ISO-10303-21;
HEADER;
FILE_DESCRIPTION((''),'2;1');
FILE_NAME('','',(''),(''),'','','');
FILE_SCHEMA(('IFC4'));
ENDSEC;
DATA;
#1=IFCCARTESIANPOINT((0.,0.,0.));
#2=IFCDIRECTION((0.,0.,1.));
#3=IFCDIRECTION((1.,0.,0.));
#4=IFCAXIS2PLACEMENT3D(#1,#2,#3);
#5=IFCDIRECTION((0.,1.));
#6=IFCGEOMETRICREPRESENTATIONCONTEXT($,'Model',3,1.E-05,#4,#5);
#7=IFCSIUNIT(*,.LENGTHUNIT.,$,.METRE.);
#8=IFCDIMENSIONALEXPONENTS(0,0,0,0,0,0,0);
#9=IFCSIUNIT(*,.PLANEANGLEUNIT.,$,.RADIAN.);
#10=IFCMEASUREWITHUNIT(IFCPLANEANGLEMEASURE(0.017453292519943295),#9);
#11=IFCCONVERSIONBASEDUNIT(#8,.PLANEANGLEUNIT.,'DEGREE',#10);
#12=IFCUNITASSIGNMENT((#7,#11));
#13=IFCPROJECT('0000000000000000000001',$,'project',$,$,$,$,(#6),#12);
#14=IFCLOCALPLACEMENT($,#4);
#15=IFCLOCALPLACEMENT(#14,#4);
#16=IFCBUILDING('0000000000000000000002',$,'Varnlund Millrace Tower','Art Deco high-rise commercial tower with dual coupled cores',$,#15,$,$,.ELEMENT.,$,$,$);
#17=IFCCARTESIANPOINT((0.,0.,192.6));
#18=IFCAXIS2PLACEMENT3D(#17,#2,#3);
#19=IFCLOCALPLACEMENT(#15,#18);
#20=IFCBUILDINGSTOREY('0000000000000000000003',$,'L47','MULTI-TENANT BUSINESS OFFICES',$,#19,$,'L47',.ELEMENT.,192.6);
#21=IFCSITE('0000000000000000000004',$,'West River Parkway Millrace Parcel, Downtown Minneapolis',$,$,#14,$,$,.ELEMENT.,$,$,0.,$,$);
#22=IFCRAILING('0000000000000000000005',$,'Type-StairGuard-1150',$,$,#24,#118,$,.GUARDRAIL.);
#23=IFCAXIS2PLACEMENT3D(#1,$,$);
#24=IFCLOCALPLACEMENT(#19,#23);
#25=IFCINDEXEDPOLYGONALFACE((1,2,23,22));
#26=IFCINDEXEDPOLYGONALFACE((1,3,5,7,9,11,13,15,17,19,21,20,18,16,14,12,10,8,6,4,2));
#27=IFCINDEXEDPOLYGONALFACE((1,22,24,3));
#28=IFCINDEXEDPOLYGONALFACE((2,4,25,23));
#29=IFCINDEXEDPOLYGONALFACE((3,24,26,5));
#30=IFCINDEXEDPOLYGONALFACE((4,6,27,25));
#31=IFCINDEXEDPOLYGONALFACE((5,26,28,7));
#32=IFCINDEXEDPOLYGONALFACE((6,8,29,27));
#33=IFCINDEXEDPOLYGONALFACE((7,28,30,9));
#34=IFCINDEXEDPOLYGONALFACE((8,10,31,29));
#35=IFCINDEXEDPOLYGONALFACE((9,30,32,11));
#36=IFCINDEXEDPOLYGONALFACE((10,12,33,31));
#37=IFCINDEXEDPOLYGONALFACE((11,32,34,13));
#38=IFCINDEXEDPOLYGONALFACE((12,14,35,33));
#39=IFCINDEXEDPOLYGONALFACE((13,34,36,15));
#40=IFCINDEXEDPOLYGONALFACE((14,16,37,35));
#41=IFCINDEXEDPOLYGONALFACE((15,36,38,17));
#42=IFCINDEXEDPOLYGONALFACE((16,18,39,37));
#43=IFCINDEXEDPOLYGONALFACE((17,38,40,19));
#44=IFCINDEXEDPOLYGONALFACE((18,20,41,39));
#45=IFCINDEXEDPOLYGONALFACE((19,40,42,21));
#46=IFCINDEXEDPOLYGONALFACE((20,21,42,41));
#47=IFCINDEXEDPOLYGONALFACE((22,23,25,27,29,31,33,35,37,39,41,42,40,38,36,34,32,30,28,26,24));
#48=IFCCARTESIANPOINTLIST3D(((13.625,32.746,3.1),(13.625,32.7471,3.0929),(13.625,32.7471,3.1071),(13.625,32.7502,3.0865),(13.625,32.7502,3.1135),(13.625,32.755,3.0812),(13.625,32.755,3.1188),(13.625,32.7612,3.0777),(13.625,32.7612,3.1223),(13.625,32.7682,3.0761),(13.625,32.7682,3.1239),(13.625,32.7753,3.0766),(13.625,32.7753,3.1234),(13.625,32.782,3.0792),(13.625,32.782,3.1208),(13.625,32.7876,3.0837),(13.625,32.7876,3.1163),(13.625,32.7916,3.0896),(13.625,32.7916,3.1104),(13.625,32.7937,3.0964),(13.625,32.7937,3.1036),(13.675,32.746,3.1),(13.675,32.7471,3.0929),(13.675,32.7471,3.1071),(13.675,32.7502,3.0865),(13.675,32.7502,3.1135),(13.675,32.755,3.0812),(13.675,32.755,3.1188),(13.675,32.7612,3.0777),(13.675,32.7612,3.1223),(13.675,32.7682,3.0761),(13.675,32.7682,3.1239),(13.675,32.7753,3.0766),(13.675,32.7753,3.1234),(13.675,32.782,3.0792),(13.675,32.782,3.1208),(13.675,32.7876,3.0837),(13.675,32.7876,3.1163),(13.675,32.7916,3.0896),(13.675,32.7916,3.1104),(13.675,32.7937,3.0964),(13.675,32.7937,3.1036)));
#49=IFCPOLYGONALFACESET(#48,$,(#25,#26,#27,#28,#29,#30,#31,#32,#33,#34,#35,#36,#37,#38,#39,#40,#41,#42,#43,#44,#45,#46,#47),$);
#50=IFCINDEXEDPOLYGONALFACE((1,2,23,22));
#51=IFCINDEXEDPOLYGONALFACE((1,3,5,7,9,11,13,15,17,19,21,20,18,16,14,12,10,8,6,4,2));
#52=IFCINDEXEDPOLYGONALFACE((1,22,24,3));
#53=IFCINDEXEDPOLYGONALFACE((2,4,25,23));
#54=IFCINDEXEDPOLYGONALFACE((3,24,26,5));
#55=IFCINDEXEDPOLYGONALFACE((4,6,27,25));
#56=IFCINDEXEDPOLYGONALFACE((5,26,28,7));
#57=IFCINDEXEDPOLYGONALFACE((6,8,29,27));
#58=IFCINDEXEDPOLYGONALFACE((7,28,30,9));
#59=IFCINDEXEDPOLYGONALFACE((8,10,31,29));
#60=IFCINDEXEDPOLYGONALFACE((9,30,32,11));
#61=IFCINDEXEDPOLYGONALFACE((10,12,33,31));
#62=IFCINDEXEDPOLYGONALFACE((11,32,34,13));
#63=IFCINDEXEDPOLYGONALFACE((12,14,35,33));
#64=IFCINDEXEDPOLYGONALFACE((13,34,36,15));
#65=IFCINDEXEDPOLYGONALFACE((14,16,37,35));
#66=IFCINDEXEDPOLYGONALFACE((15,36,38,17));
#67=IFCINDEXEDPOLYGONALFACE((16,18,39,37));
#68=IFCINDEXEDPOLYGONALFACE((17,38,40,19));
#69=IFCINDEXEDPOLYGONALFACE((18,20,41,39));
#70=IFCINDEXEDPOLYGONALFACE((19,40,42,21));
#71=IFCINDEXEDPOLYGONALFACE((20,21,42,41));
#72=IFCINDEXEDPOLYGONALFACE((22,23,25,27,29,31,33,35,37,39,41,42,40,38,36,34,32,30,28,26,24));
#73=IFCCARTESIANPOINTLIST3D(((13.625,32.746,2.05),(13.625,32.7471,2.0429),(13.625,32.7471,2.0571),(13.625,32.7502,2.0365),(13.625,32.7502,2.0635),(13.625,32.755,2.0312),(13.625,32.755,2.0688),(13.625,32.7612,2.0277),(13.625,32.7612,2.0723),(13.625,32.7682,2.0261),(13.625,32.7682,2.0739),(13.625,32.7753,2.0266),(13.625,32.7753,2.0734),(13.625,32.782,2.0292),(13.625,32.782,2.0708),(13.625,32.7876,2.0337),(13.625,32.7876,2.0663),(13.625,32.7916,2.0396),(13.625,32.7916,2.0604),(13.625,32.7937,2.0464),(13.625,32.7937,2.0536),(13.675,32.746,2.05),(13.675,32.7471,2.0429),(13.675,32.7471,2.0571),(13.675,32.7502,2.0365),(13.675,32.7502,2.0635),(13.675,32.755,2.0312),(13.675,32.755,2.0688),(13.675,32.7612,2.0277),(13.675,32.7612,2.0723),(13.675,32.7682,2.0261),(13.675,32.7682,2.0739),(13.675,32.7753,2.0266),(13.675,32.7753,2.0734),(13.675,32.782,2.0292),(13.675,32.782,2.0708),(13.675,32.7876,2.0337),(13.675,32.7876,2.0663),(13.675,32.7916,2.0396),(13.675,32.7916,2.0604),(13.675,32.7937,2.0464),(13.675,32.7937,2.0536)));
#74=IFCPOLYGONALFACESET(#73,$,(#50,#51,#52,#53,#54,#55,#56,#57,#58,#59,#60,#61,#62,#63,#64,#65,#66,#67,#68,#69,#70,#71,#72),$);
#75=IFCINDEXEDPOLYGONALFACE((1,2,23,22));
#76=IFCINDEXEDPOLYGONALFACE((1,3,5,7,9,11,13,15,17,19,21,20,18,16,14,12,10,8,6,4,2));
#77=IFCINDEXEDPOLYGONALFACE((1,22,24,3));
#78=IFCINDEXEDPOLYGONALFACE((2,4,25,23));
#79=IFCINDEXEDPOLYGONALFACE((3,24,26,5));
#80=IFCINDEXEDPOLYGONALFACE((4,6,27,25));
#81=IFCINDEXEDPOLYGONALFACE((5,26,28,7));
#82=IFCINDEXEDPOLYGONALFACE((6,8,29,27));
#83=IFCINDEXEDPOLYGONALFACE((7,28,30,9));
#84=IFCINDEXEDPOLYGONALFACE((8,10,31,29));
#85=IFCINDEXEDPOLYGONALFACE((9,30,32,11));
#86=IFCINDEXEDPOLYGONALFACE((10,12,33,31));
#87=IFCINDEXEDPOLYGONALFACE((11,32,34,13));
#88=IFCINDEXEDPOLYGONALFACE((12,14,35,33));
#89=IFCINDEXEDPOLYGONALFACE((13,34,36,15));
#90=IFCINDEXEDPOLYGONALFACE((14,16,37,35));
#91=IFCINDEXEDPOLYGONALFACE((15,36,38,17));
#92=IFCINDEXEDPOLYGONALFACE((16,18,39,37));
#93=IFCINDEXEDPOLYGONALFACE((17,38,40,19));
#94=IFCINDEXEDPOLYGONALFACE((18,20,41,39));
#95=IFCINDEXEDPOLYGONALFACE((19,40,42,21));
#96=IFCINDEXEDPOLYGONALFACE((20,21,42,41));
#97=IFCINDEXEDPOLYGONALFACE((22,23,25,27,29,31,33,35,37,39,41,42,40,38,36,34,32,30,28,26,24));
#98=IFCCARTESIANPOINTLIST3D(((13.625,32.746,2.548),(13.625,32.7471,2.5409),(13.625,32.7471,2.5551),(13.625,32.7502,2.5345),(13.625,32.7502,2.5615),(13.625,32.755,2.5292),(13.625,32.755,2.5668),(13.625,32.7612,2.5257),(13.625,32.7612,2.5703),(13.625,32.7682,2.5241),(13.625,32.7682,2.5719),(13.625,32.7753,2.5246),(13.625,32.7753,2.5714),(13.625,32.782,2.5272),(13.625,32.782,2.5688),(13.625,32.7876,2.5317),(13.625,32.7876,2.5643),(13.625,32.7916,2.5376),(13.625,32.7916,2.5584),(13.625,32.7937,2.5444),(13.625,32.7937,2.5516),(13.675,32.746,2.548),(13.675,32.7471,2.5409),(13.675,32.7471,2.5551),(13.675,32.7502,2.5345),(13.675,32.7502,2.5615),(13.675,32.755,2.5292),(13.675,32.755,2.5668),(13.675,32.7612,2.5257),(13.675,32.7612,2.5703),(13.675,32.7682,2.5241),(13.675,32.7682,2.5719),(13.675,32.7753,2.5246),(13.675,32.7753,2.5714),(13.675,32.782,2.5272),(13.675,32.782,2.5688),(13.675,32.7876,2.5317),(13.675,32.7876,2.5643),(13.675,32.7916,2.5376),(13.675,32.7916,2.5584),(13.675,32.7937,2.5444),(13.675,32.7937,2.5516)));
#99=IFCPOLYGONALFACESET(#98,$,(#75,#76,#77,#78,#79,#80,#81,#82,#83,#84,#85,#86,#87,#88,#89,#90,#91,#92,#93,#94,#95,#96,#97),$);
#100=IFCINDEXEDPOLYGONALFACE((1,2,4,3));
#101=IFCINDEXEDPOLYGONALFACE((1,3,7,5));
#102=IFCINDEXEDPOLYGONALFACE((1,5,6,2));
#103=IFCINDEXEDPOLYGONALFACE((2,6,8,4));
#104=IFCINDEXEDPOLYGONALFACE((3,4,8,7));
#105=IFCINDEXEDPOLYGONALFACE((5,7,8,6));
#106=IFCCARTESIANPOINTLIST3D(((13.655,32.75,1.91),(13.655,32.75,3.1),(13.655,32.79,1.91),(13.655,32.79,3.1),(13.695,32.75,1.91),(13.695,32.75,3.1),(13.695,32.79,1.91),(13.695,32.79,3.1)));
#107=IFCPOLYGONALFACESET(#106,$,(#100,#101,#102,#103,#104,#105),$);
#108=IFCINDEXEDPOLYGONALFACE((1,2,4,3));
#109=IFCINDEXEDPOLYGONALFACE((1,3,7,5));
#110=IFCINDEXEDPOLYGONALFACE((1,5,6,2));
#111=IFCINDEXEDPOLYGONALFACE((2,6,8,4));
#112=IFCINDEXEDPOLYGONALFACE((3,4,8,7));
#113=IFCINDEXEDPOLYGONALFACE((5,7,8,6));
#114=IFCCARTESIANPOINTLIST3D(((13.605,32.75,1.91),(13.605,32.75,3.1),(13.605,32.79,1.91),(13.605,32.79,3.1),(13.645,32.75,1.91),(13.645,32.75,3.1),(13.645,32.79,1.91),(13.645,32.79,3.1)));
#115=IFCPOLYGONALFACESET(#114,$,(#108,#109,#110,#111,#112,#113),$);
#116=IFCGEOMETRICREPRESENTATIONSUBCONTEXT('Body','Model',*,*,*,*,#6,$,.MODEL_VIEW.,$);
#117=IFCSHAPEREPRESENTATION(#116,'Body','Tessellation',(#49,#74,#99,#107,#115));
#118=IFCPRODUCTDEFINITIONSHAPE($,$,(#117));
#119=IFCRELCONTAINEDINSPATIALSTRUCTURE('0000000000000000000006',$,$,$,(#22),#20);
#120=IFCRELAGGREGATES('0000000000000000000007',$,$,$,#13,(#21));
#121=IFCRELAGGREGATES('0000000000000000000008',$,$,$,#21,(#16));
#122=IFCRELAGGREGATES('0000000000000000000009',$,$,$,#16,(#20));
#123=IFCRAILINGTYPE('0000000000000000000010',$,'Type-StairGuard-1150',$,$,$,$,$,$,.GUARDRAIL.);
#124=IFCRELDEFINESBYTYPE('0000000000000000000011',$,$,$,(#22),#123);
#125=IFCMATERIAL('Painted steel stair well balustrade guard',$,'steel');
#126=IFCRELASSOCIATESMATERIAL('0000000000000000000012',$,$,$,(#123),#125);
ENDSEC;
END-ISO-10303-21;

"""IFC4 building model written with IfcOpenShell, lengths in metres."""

from ifc_helpers import new_model, entity, si_unit, converted_unit, direction, frame, origin_with_axes, origin_2d_with_axis, place, context, subcontext, project, spatial, rectangle, circle, extrude, material, type_object, element, save


model = new_model("IFC4")

# Units and contexts
model_context = context("Model", 3, precision=1e-05, world=origin_with_axes(), true_north=direction((0.0, 1.0)))
body_context = subcontext(model_context, "Body", "Model", "MODEL_VIEW")
ifc_project = project(units=[si_unit("LENGTHUNIT", "METRE"), converted_unit("PLANEANGLEUNIT", "DEGREE", entity("IfcPlaneAngleMeasure", 0.017453292519943295), si_unit("PLANEANGLEUNIT", "RADIAN"), dimensions=[0, 0, 0, 0, 0, 0, 0])], contexts=[model_context])

# Site, building, storey
site_placement = place(None, origin_with_axes())
site = spatial("IfcSite", under=ifc_project, at=site_placement, Name="West River Parkway Millrace Parcel, Downtown Minneapolis", CompositionType="ELEMENT", RefElevation=0.0)
building_placement = place(site_placement, origin_with_axes())
building = spatial("IfcBuilding", under=site, at=building_placement, Name="Varnlund Millrace Tower", Description="Art Deco high-rise commercial tower with dual coupled cores", CompositionType="ELEMENT")
storey_placement = place(building_placement, frame((0.0, 0.0, 192.6), z_axis=(0.0, 0.0, 1.0), x_axis=(1.0, 0.0, 0.0)))
storey = spatial("IfcBuildingStorey", under=building, at=storey_placement, Name="L47", Description="MULTI-TENANT BUSINESS OFFICES", LongName="L47", CompositionType="ELEMENT", Elevation=192.6)

# Railing
ifc_material_1 = material(Name="Painted steel stair well balustrade guard", Category="steel")
railing_type_1 = type_object("IfcRailingType", Name="Type-StairGuard-1150", PredefinedType="GUARDRAIL", material=ifc_material_1)
railing_1_placement = place(storey_placement, frame((0.0, 0.0, -192.6), z_axis=(0.0, 0.0, 1.0), x_axis=(1.0, 0.0, 0.0)))
element("IfcRailing", 1, at=railing_1_placement, inside=storey, type_object=railing_type_1, Name="Type-StairGuard-1150", PredefinedType="GUARDRAIL", context=body_context, shape_type="SweptSolid", body=[
    extrude(circle(Radius=0.024, at=origin_2d_with_axis()), frame((13.675, 32.77, 195.7), z_axis=(-1.0, 0.0, 0.0), x_axis=(0.0, -1.0, 0.0)), (0.0, 0.0, 1.0), 0.05),
    extrude(circle(Radius=0.024, at=origin_2d_with_axis()), frame((13.675, 32.77, 194.65), z_axis=(-1.0, 0.0, 0.0), x_axis=(0.0, -1.0, 0.0)), (0.0, 0.0, 1.0), 0.05),
    extrude(circle(Radius=0.024, at=origin_2d_with_axis()), frame((13.675, 32.77, 195.148), z_axis=(-1.0, 0.0, 0.0), x_axis=(0.0, -1.0, 0.0)), (0.0, 0.0, 1.0), 0.05),
    extrude(rectangle(XDim=0.04, YDim=0.04, at=origin_2d_with_axis()), frame((13.675, 32.77, 194.51), z_axis=(0.0, 0.0, 1.0), x_axis=(1.0, 0.0, 0.0)), (0.0, 0.0, 1.0), 1.19),
    extrude(rectangle(XDim=0.04, YDim=0.04, at=origin_2d_with_axis()), frame((13.625, 32.77, 194.51), z_axis=(0.0, 0.0, 1.0), x_axis=(1.0, 0.0, 0.0)), (0.0, 0.0, 1.0), 1.19),
])

save(model, "model.ifc")
